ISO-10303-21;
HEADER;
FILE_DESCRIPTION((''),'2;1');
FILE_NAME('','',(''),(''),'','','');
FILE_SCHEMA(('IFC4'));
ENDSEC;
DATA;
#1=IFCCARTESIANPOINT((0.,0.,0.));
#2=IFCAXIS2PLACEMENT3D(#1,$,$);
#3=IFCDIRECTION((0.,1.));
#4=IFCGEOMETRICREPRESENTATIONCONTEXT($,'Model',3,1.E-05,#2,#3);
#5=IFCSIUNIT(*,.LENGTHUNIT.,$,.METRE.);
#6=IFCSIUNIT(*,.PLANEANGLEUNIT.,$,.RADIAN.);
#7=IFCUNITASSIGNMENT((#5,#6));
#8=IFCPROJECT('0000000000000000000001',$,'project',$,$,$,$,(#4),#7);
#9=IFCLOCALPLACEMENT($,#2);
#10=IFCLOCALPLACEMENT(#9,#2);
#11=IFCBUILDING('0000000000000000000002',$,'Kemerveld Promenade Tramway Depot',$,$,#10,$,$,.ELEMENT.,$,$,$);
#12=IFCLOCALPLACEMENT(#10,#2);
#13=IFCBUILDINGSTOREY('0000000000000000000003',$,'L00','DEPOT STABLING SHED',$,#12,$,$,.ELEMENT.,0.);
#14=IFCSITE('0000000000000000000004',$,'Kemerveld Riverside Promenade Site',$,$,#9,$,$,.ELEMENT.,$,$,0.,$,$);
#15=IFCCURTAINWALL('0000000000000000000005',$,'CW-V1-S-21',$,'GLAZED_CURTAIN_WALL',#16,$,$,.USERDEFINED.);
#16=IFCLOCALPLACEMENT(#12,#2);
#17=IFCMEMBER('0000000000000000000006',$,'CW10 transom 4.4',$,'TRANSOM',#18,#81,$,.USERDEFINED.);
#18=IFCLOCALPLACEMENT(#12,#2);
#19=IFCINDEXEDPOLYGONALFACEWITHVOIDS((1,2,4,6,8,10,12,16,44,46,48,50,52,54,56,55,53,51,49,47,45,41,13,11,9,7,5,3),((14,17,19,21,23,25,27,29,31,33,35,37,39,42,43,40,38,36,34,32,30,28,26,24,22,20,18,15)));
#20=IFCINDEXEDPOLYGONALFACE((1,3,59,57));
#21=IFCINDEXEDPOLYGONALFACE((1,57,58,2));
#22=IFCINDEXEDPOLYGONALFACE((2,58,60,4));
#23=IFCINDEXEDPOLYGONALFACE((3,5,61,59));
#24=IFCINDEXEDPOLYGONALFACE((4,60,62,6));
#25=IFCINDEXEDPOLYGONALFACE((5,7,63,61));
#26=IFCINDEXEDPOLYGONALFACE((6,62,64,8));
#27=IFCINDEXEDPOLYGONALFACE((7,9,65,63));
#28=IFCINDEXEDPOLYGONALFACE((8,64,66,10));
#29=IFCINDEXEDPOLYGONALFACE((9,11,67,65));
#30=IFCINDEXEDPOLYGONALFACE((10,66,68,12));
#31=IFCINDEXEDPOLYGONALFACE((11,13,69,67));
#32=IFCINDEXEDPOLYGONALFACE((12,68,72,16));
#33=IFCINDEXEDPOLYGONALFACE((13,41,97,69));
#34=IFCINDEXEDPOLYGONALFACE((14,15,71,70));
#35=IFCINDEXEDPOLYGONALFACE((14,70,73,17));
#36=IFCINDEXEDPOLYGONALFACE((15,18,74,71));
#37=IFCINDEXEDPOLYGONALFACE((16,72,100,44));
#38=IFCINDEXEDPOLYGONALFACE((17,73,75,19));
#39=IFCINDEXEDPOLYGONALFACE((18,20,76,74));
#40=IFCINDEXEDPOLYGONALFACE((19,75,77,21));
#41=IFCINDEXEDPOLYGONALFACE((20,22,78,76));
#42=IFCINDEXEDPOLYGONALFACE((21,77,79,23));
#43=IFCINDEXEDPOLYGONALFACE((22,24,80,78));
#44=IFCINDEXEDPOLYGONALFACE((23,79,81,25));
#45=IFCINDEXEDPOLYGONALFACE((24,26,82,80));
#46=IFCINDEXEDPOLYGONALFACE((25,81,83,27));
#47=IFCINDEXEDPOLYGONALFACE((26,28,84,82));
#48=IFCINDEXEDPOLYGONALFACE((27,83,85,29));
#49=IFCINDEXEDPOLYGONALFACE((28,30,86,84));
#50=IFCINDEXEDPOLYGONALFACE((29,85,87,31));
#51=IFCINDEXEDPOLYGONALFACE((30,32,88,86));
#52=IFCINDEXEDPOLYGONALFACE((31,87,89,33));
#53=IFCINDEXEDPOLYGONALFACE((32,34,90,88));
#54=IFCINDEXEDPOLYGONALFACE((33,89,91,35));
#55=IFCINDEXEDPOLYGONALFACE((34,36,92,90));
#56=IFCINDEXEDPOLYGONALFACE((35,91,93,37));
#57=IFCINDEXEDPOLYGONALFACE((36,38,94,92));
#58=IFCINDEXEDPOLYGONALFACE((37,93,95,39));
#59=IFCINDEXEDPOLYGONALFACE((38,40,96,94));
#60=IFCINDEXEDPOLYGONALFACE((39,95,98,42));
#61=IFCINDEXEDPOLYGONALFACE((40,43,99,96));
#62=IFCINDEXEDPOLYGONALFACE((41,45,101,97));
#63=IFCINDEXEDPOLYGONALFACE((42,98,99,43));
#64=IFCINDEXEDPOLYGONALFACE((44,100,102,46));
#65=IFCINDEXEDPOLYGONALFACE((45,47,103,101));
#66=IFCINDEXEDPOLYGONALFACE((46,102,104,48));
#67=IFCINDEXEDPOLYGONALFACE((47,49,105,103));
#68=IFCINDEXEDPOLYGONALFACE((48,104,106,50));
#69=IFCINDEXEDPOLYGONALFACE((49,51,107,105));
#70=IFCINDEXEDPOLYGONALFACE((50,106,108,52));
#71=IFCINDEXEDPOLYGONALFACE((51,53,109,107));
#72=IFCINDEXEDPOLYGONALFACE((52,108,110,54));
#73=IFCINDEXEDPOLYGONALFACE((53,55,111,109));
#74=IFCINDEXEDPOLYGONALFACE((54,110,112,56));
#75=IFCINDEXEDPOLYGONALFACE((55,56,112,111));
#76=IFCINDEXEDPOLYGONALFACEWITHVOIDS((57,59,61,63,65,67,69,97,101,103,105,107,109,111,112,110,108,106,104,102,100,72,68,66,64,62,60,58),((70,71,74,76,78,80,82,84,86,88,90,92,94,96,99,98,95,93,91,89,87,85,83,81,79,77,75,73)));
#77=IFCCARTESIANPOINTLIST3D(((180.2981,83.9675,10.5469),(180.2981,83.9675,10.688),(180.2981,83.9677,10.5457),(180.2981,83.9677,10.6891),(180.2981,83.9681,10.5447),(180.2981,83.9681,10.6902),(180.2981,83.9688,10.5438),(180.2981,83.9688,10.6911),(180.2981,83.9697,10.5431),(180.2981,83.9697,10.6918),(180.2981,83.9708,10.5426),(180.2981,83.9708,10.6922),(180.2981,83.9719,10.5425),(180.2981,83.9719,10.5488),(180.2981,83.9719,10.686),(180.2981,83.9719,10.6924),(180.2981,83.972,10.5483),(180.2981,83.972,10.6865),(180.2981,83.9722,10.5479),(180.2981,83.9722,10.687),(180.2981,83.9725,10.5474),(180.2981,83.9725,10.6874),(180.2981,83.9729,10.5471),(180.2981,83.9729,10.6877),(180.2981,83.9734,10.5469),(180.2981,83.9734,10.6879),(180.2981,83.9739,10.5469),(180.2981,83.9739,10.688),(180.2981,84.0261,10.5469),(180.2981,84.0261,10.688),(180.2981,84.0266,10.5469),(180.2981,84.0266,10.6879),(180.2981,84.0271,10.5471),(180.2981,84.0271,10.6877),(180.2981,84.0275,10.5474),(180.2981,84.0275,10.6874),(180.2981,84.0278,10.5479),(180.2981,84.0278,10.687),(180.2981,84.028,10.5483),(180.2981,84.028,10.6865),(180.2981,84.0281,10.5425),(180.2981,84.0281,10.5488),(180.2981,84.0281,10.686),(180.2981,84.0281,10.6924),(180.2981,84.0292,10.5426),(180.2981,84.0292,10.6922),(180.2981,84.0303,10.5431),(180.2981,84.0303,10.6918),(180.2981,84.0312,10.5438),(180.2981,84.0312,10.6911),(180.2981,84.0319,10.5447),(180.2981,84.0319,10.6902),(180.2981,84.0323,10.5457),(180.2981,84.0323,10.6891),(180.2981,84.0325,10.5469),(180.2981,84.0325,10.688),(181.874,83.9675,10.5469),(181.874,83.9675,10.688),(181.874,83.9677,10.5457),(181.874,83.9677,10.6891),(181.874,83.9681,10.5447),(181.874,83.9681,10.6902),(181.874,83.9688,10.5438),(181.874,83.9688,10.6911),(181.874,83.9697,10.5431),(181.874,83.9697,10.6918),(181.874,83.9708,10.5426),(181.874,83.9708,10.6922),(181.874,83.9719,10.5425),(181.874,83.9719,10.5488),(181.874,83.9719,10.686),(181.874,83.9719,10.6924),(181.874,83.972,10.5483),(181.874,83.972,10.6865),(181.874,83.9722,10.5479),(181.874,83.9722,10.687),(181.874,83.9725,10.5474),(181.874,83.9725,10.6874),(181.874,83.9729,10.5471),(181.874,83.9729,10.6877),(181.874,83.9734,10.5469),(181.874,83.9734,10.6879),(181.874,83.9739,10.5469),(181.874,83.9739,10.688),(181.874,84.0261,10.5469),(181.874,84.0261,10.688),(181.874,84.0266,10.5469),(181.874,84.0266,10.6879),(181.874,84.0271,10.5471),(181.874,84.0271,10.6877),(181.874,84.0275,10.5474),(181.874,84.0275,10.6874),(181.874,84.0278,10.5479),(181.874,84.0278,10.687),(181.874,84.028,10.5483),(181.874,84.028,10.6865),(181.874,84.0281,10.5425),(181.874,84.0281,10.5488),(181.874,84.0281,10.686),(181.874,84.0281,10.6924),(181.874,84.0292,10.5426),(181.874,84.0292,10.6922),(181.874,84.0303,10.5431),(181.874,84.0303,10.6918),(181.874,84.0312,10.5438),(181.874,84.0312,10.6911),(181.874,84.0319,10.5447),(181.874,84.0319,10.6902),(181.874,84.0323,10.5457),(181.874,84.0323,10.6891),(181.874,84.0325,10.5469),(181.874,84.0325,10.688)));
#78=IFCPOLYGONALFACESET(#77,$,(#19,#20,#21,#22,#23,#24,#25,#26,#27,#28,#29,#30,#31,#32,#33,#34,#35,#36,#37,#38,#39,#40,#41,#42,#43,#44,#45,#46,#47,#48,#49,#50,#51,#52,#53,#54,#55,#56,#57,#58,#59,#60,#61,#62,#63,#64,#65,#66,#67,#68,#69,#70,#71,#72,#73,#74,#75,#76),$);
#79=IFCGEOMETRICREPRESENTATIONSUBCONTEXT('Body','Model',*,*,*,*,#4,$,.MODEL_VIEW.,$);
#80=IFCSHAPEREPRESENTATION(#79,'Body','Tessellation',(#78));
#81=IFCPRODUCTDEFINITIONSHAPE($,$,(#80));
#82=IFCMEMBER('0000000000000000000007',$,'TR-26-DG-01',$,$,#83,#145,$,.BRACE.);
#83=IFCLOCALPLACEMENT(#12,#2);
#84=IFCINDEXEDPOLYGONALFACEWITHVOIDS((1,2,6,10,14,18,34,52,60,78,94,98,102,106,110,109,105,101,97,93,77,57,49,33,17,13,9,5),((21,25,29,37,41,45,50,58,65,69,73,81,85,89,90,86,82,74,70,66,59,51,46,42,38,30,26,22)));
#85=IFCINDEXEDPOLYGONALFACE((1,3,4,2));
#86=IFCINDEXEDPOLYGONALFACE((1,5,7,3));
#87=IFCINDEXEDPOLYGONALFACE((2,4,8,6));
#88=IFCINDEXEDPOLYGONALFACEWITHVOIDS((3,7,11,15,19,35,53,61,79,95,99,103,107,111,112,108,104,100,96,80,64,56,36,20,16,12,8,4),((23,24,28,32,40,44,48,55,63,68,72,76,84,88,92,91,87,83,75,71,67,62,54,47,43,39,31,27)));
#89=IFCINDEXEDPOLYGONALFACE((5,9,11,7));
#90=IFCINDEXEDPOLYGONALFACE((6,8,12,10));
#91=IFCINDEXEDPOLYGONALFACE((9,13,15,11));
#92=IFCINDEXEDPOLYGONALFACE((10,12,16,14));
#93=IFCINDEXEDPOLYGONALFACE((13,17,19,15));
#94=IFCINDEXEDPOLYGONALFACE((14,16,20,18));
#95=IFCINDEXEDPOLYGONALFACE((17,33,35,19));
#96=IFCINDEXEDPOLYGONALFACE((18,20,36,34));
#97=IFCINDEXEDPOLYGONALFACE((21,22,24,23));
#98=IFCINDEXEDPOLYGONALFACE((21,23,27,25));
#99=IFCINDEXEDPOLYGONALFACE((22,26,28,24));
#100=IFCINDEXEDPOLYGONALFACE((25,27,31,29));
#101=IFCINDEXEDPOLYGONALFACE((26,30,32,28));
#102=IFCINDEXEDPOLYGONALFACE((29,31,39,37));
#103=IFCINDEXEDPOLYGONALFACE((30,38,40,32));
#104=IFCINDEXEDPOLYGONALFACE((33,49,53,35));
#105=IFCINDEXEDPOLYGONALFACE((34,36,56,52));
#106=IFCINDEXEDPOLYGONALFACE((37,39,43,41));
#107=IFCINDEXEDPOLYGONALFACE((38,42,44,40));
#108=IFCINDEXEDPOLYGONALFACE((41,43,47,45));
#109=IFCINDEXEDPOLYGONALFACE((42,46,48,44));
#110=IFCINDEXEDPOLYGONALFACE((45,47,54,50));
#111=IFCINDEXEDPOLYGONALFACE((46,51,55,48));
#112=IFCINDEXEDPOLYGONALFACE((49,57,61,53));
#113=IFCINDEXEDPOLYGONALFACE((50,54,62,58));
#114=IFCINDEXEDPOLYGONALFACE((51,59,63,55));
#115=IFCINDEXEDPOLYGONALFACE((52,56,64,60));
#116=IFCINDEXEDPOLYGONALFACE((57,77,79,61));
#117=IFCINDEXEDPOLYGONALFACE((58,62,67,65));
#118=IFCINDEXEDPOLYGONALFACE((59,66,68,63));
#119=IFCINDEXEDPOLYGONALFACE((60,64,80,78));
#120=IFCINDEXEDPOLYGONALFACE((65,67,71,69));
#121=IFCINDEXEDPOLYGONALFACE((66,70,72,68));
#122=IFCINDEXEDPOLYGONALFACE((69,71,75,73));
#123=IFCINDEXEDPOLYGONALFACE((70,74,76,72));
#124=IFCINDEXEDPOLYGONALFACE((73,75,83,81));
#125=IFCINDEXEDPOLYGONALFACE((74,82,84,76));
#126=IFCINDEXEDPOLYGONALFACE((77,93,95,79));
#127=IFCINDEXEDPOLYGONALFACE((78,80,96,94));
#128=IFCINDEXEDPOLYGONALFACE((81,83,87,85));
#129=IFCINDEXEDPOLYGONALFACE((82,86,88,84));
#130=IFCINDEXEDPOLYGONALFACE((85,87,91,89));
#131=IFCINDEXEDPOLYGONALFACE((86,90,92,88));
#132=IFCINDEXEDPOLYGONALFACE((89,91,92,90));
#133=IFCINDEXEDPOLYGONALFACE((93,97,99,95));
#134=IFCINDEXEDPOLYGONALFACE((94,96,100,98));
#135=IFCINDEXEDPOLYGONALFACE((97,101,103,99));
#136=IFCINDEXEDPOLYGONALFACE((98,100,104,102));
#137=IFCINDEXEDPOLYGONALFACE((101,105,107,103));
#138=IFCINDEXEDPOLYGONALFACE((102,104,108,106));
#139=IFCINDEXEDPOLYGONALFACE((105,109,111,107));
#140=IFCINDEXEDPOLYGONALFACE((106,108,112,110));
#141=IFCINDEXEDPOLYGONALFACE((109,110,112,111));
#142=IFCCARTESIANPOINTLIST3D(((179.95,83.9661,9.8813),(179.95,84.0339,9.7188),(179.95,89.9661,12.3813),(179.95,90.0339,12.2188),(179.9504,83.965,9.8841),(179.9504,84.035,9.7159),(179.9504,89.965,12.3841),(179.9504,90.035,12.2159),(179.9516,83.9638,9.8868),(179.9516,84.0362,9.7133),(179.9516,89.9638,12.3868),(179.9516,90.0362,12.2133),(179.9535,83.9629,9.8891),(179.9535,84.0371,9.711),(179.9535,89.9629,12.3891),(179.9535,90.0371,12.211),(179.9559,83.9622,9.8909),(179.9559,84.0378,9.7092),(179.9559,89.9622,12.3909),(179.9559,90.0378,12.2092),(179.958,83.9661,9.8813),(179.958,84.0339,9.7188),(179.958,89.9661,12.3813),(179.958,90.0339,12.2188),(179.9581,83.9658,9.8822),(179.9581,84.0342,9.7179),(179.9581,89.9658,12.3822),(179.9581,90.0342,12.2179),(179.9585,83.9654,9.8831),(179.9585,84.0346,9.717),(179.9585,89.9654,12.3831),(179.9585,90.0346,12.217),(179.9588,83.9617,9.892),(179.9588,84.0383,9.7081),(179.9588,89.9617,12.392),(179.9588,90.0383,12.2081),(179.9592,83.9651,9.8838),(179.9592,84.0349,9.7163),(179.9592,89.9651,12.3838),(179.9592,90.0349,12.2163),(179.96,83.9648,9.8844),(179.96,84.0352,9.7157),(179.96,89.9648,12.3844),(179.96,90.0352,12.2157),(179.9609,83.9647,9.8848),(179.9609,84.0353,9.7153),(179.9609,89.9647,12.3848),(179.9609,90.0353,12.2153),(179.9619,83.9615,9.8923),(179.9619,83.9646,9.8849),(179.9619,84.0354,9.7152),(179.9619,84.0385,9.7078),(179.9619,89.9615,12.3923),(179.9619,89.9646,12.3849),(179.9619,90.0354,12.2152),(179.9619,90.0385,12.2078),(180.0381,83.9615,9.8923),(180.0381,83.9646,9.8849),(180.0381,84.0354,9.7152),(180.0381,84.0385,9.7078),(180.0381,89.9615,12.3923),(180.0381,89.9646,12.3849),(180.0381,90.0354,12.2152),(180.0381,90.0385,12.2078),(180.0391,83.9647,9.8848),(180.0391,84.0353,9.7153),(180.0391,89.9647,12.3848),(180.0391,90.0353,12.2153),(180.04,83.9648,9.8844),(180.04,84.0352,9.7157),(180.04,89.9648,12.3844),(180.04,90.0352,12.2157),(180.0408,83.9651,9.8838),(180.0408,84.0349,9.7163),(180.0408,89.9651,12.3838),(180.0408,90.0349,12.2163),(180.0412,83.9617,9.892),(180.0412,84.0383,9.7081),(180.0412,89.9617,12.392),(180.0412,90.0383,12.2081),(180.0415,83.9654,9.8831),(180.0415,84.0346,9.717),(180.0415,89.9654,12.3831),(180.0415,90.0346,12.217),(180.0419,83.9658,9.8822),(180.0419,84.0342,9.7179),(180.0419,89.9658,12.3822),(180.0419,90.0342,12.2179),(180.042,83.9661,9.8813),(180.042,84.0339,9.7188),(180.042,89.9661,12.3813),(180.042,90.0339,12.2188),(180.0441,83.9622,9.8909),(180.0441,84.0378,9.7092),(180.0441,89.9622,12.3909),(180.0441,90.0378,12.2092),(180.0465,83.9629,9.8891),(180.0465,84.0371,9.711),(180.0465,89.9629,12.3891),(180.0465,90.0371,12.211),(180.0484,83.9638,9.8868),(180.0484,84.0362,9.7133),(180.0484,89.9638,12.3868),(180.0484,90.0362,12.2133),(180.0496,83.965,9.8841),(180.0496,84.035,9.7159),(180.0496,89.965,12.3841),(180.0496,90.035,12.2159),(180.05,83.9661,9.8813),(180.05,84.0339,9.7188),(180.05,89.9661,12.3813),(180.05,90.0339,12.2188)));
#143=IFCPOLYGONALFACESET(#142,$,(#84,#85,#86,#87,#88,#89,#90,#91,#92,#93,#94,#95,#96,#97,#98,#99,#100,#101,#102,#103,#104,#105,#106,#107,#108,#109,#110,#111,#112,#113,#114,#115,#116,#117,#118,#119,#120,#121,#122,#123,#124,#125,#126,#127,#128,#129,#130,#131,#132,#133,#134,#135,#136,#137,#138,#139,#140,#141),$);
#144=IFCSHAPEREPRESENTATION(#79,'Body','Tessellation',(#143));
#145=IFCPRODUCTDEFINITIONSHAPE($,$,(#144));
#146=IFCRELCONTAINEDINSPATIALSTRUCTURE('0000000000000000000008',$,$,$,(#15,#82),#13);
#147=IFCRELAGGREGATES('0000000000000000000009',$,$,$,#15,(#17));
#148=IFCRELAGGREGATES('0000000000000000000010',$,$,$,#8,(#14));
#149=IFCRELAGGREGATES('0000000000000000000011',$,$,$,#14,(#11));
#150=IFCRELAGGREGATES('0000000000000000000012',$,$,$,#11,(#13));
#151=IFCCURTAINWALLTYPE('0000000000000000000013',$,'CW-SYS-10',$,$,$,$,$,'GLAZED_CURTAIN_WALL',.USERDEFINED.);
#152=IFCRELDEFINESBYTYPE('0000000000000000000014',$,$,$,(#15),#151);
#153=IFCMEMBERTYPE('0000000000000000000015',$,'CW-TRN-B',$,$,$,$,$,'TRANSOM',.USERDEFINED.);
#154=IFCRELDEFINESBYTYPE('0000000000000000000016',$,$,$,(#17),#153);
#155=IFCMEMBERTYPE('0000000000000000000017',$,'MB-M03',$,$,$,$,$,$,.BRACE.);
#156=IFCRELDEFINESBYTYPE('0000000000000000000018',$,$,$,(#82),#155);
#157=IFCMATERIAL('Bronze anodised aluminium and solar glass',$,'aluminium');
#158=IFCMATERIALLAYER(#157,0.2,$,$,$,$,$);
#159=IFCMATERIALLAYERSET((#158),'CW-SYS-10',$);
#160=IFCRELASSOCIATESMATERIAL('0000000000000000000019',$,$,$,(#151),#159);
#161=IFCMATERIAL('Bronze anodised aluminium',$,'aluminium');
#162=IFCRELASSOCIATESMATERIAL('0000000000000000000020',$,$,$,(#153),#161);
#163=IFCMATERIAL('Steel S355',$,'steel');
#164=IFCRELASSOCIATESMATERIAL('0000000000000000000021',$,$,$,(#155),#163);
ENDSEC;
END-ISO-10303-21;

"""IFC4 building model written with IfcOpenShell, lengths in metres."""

from ifc_helpers import new_model, si_unit, direction, frame, origin, origin_2d, place, context, subcontext, project, spatial, hollow_rectangle, extrude, material, layer, layer_set, material_profile, profile_set, type_object, element, aggregate, save


model = new_model("IFC4")

# Units and contexts
model_context = context("Model", 3, precision=1e-05, world=origin(), true_north=direction((0.0, 1.0)))
body_context = subcontext(model_context, "Body", "Model", "MODEL_VIEW")
ifc_project = project(units=[si_unit("LENGTHUNIT", "METRE"), si_unit("PLANEANGLEUNIT", "RADIAN")], contexts=[model_context])

# Site, building, storey
site_placement = place(None, origin())
site = spatial("IfcSite", under=ifc_project, at=site_placement, Name="Kemerveld Riverside Promenade Site", CompositionType="ELEMENT", RefElevation=0.0)
building_placement = place(site_placement, origin())
building = spatial("IfcBuilding", under=site, at=building_placement, Name="Kemerveld Promenade Tramway Depot", CompositionType="ELEMENT")
storey_placement = place(building_placement, origin())
storey = spatial("IfcBuildingStorey", under=building, at=storey_placement, Name="L00", Description="DEPOT STABLING SHED", CompositionType="ELEMENT", Elevation=0.0)

# Shared definitions
ifc_material_1 = material(Name="Steel S355", Category="steel")

# Curtain wall, member
ifc_material_2 = material(Name="Bronze anodised aluminium and solar glass", Category="aluminium")
ifc_material_3 = material(Name="Bronze anodised aluminium", Category="aluminium")
ifc_layer_1 = layer(ifc_material_2, 0.2)
ifc_layer_set_1 = layer_set([ifc_layer_1], Name="CW-SYS-10")
curtain_wall_type_1 = type_object("IfcCurtainWallType", Name="CW-SYS-10", ElementType="GLAZED_CURTAIN_WALL", PredefinedType="USERDEFINED", material=ifc_layer_set_1)
curtain_wall_1_placement = place(storey_placement, origin())
curtain_wall_1 = element("IfcCurtainWall", 1, at=curtain_wall_1_placement, inside=storey, type_object=curtain_wall_type_1, Name="CW-V1-S-21", ObjectType="GLAZED_CURTAIN_WALL", PredefinedType="USERDEFINED")
ifc_material_profile_1 = material_profile(ifc_material_3, hollow_rectangle(XDim=0.0649, YDim=0.1499, WallThickness=0.0044, InnerFilletRadius=0.002, OuterFilletRadius=0.0044, at=origin_2d()), Name="CW-TRN-150x65")
ifc_profile_set_1 = profile_set([ifc_material_profile_1], Name="Bronze anodised aluminium")
member_type_1 = type_object("IfcMemberType", Name="CW-TRN-B", ElementType="TRANSOM", PredefinedType="USERDEFINED", material=ifc_profile_set_1)
member_1_placement = place(storey_placement, frame((181.874, 84.0, 10.6174), z_axis=(-1.0, 0.0, 0.0), x_axis=(0.0, -1.0, 0.0)))
member_1 = element("IfcMember", 2, at=member_1_placement, type_object=member_type_1, Name="CW10 transom 4.4", ObjectType="TRANSOM", PredefinedType="USERDEFINED", context=body_context, shape_type="SweptSolid", body=[
    extrude(hollow_rectangle(XDim=0.0649, YDim=0.1499, WallThickness=0.0044, InnerFilletRadius=0.002, OuterFilletRadius=0.0044, at=origin_2d()), origin(), (0.0, 0.0, 1.0), 1.5759),
])

# Member
ifc_material_profile_2 = material_profile(ifc_material_1, hollow_rectangle(XDim=0.1001, YDim=0.2, WallThickness=0.0081, InnerFilletRadius=0.0039, OuterFilletRadius=0.012, at=origin_2d()), Name="200x100x8.0 RHS")
ifc_profile_set_2 = profile_set([ifc_material_profile_2], Name="Steel S355")
member_type_2 = type_object("IfcMemberType", Name="MB-M03", PredefinedType="BRACE", material=ifc_profile_set_2)
member_2_placement = place(storey_placement, frame((180.0, 84.0, 9.8), z_axis=(0.0, 0.923077, 0.384615), x_axis=(-1.0, 0.0, 0.0)))
element("IfcMember", 3, at=member_2_placement, inside=storey, type_object=member_type_2, Name="TR-26-DG-01", PredefinedType="BRACE", context=body_context, shape_type="SweptSolid", body=[
    extrude(hollow_rectangle(XDim=0.1001, YDim=0.2, WallThickness=0.0081, InnerFilletRadius=0.0039, OuterFilletRadius=0.012, at=origin_2d()), origin(), (0.0, 0.0, 1.0), 6.5),
])

aggregate(curtain_wall_1, [member_1])

save(model, "model.ifc")
